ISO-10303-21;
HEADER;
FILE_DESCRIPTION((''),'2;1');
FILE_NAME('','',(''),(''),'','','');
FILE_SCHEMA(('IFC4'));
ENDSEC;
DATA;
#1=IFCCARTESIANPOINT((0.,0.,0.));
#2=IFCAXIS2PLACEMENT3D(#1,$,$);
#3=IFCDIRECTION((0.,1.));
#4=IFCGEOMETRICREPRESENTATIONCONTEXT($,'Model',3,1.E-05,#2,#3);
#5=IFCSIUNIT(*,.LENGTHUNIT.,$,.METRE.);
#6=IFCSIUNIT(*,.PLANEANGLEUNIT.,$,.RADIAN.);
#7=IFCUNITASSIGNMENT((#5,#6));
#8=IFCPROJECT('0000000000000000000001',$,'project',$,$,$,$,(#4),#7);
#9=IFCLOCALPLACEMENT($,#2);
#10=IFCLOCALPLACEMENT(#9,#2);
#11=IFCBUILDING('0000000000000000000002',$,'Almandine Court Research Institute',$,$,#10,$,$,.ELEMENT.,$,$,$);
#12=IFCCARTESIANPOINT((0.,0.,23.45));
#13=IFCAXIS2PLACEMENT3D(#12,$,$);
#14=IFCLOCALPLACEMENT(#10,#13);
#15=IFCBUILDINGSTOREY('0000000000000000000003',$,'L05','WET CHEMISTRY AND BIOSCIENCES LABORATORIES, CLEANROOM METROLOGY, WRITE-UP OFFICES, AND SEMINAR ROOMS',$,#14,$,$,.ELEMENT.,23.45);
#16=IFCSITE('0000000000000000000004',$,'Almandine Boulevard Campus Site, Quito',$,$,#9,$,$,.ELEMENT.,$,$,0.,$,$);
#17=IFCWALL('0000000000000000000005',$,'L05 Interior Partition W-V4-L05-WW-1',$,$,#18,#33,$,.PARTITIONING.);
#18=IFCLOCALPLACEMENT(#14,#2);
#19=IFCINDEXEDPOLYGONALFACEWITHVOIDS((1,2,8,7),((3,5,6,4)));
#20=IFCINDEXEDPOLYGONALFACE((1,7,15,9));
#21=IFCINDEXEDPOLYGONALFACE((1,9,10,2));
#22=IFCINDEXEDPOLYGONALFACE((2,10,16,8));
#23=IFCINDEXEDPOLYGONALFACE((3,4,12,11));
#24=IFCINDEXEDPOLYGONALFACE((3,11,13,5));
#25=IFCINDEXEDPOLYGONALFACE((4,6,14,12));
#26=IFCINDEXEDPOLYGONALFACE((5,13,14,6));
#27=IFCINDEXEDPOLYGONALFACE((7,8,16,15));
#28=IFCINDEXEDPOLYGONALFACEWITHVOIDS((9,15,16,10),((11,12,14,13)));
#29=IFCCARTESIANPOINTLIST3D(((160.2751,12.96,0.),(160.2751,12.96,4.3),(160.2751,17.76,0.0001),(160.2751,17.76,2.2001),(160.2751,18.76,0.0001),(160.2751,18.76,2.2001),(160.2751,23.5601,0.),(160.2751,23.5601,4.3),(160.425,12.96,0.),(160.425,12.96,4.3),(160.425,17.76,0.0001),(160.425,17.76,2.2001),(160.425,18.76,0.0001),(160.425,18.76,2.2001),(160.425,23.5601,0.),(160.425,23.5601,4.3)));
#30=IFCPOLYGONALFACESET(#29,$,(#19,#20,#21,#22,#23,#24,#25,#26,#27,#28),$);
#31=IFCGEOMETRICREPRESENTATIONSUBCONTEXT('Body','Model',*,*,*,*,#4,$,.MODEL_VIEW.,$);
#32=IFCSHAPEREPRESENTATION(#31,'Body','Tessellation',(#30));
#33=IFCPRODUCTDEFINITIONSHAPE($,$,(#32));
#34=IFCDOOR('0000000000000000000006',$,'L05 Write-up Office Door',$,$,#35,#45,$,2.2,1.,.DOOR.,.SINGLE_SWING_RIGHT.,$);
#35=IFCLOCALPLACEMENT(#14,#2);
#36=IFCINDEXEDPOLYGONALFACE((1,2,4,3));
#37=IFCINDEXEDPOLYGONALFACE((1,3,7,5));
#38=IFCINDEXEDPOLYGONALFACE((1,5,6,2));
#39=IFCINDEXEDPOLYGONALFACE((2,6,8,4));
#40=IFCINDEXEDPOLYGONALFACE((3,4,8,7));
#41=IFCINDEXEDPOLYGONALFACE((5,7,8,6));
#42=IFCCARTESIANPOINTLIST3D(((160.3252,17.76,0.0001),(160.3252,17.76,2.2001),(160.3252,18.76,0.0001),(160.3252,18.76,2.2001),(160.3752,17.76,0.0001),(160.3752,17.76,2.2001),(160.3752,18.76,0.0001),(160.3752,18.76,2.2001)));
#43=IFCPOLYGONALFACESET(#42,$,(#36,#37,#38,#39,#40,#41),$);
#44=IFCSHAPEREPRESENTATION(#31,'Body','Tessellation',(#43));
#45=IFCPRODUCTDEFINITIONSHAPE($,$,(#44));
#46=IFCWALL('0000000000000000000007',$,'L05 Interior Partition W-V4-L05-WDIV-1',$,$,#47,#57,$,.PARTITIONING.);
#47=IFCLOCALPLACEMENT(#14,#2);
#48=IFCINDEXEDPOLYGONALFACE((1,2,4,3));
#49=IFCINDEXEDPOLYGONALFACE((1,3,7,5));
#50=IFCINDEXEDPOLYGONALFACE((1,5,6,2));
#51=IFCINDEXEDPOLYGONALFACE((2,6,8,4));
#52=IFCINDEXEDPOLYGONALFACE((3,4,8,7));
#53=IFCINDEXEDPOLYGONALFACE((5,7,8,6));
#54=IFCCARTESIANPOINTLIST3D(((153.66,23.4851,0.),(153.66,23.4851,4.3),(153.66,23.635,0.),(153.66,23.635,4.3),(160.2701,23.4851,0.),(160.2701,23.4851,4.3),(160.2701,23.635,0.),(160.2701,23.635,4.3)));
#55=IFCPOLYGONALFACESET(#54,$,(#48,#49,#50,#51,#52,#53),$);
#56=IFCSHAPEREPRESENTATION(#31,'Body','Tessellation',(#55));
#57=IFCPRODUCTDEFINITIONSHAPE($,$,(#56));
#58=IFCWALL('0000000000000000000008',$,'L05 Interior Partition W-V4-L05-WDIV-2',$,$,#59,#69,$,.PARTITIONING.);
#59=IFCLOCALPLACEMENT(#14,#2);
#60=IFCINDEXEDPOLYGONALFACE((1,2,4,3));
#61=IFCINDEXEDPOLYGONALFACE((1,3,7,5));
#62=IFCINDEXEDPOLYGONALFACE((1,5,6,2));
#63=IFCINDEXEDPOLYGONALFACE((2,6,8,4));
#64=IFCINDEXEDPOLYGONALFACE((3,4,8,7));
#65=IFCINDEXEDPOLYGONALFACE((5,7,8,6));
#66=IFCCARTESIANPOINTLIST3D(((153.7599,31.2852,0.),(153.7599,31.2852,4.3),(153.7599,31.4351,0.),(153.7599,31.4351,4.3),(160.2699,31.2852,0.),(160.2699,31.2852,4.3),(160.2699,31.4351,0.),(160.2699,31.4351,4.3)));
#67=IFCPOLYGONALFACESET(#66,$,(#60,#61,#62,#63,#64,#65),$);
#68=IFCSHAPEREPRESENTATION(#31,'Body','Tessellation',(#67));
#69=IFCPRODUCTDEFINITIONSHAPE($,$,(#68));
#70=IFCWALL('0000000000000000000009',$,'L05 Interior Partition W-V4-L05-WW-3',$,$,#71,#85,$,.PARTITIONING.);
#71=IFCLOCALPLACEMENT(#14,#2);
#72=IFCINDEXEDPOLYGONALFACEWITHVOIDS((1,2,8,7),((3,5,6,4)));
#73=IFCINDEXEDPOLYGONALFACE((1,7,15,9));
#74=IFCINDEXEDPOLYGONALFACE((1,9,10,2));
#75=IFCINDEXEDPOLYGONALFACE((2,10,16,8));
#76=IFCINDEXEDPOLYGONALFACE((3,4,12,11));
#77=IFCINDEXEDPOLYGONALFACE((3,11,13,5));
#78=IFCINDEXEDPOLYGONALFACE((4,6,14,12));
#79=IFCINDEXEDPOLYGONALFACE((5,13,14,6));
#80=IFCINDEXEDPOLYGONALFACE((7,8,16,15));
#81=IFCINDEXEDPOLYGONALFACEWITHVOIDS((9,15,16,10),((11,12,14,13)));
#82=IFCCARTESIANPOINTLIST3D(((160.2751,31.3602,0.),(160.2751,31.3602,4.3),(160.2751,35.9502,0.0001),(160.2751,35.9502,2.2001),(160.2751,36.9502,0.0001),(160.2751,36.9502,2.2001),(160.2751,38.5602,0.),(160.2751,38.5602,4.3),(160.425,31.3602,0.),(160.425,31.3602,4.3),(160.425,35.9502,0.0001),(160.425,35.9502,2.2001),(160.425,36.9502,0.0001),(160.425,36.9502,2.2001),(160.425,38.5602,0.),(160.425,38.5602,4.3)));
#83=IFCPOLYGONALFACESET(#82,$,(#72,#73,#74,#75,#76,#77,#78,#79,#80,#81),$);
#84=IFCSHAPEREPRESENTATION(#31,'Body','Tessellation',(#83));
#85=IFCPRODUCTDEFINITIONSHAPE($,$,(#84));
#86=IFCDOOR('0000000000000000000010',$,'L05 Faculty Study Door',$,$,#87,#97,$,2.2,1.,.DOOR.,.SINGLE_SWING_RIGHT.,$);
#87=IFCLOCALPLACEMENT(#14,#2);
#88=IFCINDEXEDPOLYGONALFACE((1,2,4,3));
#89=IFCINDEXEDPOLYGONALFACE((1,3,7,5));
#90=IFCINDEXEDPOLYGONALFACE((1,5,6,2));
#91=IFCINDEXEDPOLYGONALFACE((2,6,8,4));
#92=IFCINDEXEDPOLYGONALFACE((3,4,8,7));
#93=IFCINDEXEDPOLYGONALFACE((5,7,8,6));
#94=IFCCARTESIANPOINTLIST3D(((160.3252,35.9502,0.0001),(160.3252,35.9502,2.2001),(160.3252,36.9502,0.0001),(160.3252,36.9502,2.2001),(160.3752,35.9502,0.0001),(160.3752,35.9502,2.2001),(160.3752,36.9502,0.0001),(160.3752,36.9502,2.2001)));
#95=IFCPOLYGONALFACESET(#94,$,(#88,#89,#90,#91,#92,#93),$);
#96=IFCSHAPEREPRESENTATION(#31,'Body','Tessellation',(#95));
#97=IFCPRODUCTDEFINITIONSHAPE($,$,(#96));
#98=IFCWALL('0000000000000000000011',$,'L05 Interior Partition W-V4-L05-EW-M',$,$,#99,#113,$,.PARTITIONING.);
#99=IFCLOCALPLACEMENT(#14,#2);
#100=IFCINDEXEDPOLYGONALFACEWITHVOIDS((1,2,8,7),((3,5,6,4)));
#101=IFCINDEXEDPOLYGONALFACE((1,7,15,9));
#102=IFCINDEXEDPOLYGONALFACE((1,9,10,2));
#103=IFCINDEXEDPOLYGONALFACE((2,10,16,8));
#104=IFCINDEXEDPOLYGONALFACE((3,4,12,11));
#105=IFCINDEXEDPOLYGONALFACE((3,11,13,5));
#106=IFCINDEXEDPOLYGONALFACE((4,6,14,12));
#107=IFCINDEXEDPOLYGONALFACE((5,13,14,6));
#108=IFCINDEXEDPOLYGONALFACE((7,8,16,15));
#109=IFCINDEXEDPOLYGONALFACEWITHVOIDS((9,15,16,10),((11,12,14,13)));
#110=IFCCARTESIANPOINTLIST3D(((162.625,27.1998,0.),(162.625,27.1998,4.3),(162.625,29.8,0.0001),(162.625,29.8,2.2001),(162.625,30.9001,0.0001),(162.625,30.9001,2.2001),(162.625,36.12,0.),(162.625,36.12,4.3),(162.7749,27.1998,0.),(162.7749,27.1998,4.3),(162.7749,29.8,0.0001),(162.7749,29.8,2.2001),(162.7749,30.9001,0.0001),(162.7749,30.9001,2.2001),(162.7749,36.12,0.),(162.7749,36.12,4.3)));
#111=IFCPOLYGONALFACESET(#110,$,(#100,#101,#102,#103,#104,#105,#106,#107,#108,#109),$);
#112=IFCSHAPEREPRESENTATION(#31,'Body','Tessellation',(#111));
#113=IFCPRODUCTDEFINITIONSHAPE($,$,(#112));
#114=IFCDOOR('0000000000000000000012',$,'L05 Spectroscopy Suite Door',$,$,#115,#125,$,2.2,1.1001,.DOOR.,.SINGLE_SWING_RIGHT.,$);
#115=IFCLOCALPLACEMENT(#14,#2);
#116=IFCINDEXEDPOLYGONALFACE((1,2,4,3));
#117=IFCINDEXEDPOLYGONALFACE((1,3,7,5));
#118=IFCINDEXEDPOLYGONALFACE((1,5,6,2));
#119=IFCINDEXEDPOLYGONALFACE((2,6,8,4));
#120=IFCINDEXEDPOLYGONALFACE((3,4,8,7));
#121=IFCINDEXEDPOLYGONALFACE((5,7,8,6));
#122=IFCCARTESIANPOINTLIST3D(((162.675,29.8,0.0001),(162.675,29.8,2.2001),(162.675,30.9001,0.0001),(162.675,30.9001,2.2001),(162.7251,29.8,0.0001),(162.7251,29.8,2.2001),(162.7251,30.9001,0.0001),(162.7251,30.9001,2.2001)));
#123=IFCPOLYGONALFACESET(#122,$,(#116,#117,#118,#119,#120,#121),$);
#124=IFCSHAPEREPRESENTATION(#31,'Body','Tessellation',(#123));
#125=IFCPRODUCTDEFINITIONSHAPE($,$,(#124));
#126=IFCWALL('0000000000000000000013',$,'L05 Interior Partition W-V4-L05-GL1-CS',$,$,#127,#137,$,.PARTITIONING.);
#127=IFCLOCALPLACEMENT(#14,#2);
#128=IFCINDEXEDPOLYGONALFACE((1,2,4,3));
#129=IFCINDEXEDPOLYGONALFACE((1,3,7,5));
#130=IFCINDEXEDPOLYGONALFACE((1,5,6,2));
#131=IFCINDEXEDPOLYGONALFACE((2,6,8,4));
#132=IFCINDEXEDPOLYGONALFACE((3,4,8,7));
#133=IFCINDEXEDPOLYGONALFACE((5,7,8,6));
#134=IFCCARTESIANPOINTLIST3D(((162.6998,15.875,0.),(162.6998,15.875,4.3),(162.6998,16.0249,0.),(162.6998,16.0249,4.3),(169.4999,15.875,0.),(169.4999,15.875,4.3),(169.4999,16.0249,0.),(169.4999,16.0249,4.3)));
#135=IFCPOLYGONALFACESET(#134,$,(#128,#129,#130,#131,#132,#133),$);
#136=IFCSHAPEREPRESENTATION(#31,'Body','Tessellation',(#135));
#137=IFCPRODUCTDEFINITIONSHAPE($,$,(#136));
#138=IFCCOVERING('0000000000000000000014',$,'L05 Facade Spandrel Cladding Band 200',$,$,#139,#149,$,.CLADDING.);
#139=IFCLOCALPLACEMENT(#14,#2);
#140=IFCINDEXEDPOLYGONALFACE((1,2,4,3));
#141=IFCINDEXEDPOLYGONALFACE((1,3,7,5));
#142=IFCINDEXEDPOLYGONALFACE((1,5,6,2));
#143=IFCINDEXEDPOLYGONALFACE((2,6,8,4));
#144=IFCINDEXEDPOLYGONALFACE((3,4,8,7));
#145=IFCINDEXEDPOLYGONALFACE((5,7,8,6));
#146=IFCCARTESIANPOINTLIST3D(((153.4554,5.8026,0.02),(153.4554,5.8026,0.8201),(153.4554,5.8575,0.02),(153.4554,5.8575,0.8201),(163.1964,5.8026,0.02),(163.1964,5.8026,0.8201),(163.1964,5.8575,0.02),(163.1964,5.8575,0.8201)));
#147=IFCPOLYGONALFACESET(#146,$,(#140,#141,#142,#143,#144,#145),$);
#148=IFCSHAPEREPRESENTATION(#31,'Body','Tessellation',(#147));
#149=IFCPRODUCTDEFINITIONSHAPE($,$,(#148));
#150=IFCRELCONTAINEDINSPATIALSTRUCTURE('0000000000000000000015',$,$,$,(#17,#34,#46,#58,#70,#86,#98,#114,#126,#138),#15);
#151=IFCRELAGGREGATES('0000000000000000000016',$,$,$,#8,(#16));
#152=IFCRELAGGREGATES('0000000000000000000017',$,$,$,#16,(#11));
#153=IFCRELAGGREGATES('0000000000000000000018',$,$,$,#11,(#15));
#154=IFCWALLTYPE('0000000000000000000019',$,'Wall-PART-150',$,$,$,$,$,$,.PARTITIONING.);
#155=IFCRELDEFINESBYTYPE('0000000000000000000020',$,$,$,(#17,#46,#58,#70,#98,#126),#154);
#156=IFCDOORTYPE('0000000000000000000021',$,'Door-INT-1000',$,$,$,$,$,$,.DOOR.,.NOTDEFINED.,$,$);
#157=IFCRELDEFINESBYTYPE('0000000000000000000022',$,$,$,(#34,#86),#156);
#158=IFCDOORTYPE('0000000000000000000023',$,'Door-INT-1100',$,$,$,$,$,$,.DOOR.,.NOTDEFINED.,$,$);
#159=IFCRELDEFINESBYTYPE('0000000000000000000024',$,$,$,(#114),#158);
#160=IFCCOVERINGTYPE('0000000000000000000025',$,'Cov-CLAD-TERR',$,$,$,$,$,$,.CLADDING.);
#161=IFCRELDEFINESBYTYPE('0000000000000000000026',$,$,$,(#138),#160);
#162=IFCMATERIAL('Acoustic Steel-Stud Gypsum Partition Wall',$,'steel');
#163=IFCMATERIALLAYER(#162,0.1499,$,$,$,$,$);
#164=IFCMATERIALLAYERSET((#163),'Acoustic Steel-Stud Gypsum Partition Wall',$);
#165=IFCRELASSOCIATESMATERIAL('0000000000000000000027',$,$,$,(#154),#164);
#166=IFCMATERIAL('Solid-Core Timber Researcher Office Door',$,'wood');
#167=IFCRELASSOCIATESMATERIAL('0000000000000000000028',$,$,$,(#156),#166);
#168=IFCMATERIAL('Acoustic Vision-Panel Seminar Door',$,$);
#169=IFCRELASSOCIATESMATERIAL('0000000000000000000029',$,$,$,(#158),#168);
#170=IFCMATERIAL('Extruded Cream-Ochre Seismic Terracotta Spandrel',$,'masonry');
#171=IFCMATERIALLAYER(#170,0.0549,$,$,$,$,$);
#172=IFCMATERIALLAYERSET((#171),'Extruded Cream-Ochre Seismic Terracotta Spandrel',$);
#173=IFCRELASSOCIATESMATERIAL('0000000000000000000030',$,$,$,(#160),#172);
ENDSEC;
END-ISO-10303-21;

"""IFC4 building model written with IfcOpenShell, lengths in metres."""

from ifc_helpers import new_model, si_unit, direction, frame, frame_2d, origin, origin_2d, place, context, subcontext, project, spatial, rectangle, extrude, material, layer, layer_set, type_object, element, fill, save


model = new_model("IFC4")

# Units and contexts
model_context = context("Model", 3, precision=1e-05, world=origin(), true_north=direction((0.0, 1.0)))
body_context = subcontext(model_context, "Body", "Model", "MODEL_VIEW")
ifc_project = project(units=[si_unit("LENGTHUNIT", "METRE"), si_unit("PLANEANGLEUNIT", "RADIAN")], contexts=[model_context])

# Site, building, storey
site_placement = place(None, origin())
site = spatial("IfcSite", under=ifc_project, at=site_placement, Name="Almandine Boulevard Campus Site, Quito", CompositionType="ELEMENT", RefElevation=0.0)
building_placement = place(site_placement, origin())
building = spatial("IfcBuilding", under=site, at=building_placement, Name="Almandine Court Research Institute", CompositionType="ELEMENT")
storey_placement = place(building_placement, frame((0.0, 0.0, 23.45)))
storey = spatial("IfcBuildingStorey", under=building, at=storey_placement, Name="L05", Description="WET CHEMISTRY AND BIOSCIENCES LABORATORIES, CLEANROOM METROLOGY, WRITE-UP OFFICES, AND SEMINAR ROOMS", CompositionType="ELEMENT", Elevation=23.45)

# Shared definitions
ifc_material_1 = material(Name="Acoustic Steel-Stud Gypsum Partition Wall", Category="steel")
ifc_layer_1 = layer(ifc_material_1, 0.1499)
ifc_layer_set_1 = layer_set([ifc_layer_1], Name="Acoustic Steel-Stud Gypsum Partition Wall")
wall_type_1 = type_object("IfcWallType", Name="Wall-PART-150", PredefinedType="PARTITIONING", material=ifc_layer_set_1)
ifc_material_2 = material(Name="Solid-Core Timber Researcher Office Door", Category="wood")
door_type_1 = type_object("IfcDoorType", Name="Door-INT-1000", OperationType="NOTDEFINED", PredefinedType="DOOR", material=ifc_material_2)

# Wall, opening, door
wall_1_placement = place(storey_placement, frame((160.3501, 12.96, 0.0), z_axis=(0.0, 0.0, 1.0), x_axis=(0.0, 1.0, 0.0)))
wall_1 = element("IfcWall", 1, at=wall_1_placement, inside=storey, type_object=wall_type_1, Name="L05 Interior Partition W-V4-L05-WW-1", PredefinedType="PARTITIONING", context=body_context, shape_type="SweptSolid", body=[
    extrude(rectangle(XDim=10.6001, YDim=0.1499, at=frame_2d((5.3, 0.0))), origin(), (0.0, 0.0, 1.0), 4.3),
])
opening_1_placement = place(wall_1_placement, frame((4.8, 0.0, 0.0)))
opening_1 = element("IfcOpeningElement", 2, at=opening_1_placement, cuts=wall_1, PredefinedType="OPENING", context=body_context, shape_type="SweptSolid", body=[
    extrude(rectangle(XDim=1.0, YDim=2.2, at=frame_2d((0.5, 1.1001))), frame((0.0, 0.085, 0.0), z_axis=(0.0, -1.0, 0.0), x_axis=(1.0, 0.0, 0.0)), (0.0, 0.0, 1.0), 0.1699),
])
door_1_placement = place(opening_1_placement, origin())
door_1 = element("IfcDoor", 3, at=door_1_placement, inside=storey, type_object=door_type_1, Name="L05 Write-up Office Door", OperationType="SINGLE_SWING_RIGHT", OverallHeight=2.2, OverallWidth=1.0, PredefinedType="DOOR", context=body_context, shape_type="SweptSolid", body=[
    extrude(rectangle(XDim=1.0, YDim=2.2, at=frame_2d((0.5, 1.1001))), frame((0.0, 0.0249, 0.0), z_axis=(0.0, -1.0, 0.0), x_axis=(1.0, 0.0, 0.0)), (0.0, 0.0, 1.0), 0.05),
])
fill(opening_1, door_1)

# Walls
wall_2_placement = place(storey_placement, frame((153.6599, 23.5601, 0.0), z_axis=(0.0, 0.0, 1.0), x_axis=(1.0, 0.0, 0.0)))
element("IfcWall", 4, at=wall_2_placement, inside=storey, type_object=wall_type_1, Name="L05 Interior Partition W-V4-L05-WDIV-1", PredefinedType="PARTITIONING", context=body_context, shape_type="SweptSolid", body=[
    extrude(rectangle(XDim=6.6101, YDim=0.1499, at=frame_2d((3.3052, 0.0))), origin(), (0.0, 0.0, 1.0), 4.3),
])
wall_3_placement = place(storey_placement, frame((153.76, 31.3601, 0.0), z_axis=(0.0, 0.0, 1.0), x_axis=(1.0, 0.0, 0.0)))
element("IfcWall", 5, at=wall_3_placement, inside=storey, type_object=wall_type_1, Name="L05 Interior Partition W-V4-L05-WDIV-2", PredefinedType="PARTITIONING", context=body_context, shape_type="SweptSolid", body=[
    extrude(rectangle(XDim=6.51, YDim=0.1499, at=frame_2d((3.2549, 0.0))), origin(), (0.0, 0.0, 1.0), 4.3),
])

# Wall, opening, door
wall_4_placement = place(storey_placement, frame((160.3501, 31.3601, 0.0), z_axis=(0.0, 0.0, 1.0), x_axis=(0.0, 1.0, 0.0)))
wall_4 = element("IfcWall", 6, at=wall_4_placement, inside=storey, type_object=wall_type_1, Name="L05 Interior Partition W-V4-L05-WW-3", PredefinedType="PARTITIONING", context=body_context, shape_type="SweptSolid", body=[
    extrude(rectangle(XDim=7.2, YDim=0.1499, at=frame_2d((3.6001, 0.0))), origin(), (0.0, 0.0, 1.0), 4.3),
])
opening_2_placement = place(wall_4_placement, frame((4.5901, 0.0, 0.0)))
opening_2 = element("IfcOpeningElement", 7, at=opening_2_placement, cuts=wall_4, PredefinedType="OPENING", context=body_context, shape_type="SweptSolid", body=[
    extrude(rectangle(XDim=1.0, YDim=2.2, at=frame_2d((0.5, 1.1001))), frame((0.0, 0.085, 0.0), z_axis=(0.0, -1.0, 0.0), x_axis=(1.0, 0.0, 0.0)), (0.0, 0.0, 1.0), 0.1699),
])
door_2_placement = place(opening_2_placement, origin())
door_2 = element("IfcDoor", 8, at=door_2_placement, inside=storey, type_object=door_type_1, Name="L05 Faculty Study Door", OperationType="SINGLE_SWING_RIGHT", OverallHeight=2.2, OverallWidth=1.0, PredefinedType="DOOR", context=body_context, shape_type="SweptSolid", body=[
    extrude(rectangle(XDim=1.0, YDim=2.2, at=frame_2d((0.5, 1.1001))), frame((0.0, 0.0249, 0.0), z_axis=(0.0, -1.0, 0.0), x_axis=(1.0, 0.0, 0.0)), (0.0, 0.0, 1.0), 0.05),
])
fill(opening_2, door_2)

# Wall, opening, door
wall_5_placement = place(storey_placement, frame((162.7, 27.2, 0.0), z_axis=(0.0, 0.0, 1.0), x_axis=(0.0, 1.0, 0.0)))
wall_5 = element("IfcWall", 9, at=wall_5_placement, inside=storey, type_object=wall_type_1, Name="L05 Interior Partition W-V4-L05-EW-M", PredefinedType="PARTITIONING", context=body_context, shape_type="SweptSolid", body=[
    extrude(rectangle(XDim=8.9202, YDim=0.1499, at=frame_2d((4.46, 0.0))), origin(), (0.0, 0.0, 1.0), 4.3),
])
opening_3_placement = place(wall_5_placement, frame((2.6001, 0.0, 0.0)))
opening_3 = element("IfcOpeningElement", 10, at=opening_3_placement, cuts=wall_5, PredefinedType="OPENING", context=body_context, shape_type="SweptSolid", body=[
    extrude(rectangle(XDim=1.1001, YDim=2.2, at=frame_2d((0.55, 1.1001))), frame((0.0, 0.085, 0.0), z_axis=(0.0, -1.0, 0.0), x_axis=(1.0, 0.0, 0.0)), (0.0, 0.0, 1.0), 0.1699),
])
ifc_material_3 = material(Name="Acoustic Vision-Panel Seminar Door")
door_type_2 = type_object("IfcDoorType", Name="Door-INT-1100", OperationType="NOTDEFINED", PredefinedType="DOOR", material=ifc_material_3)
door_3_placement = place(opening_3_placement, origin())
door_3 = element("IfcDoor", 11, at=door_3_placement, inside=storey, type_object=door_type_2, Name="L05 Spectroscopy Suite Door", OperationType="SINGLE_SWING_RIGHT", OverallHeight=2.2, OverallWidth=1.1001, PredefinedType="DOOR", context=body_context, shape_type="SweptSolid", body=[
    extrude(rectangle(XDim=1.1001, YDim=2.2, at=frame_2d((0.55, 1.1001))), frame((0.0, 0.0249, 0.0), z_axis=(0.0, -1.0, 0.0), x_axis=(1.0, 0.0, 0.0)), (0.0, 0.0, 1.0), 0.05),
])
fill(opening_3, door_3)

# Wall
wall_6_placement = place(storey_placement, frame((162.7, 15.95, 0.0), z_axis=(0.0, 0.0, 1.0), x_axis=(1.0, 0.0, 0.0)))
element("IfcWall", 12, at=wall_6_placement, inside=storey, type_object=wall_type_1, Name="L05 Interior Partition W-V4-L05-GL1-CS", PredefinedType="PARTITIONING", context=body_context, shape_type="SweptSolid", body=[
    extrude(rectangle(XDim=6.8, YDim=0.1499, at=frame_2d((3.3999, 0.0))), origin(), (0.0, 0.0, 1.0), 4.3),
])

# Covering
ifc_material_4 = material(Name="Extruded Cream-Ochre Seismic Terracotta Spandrel", Category="masonry")
ifc_layer_2 = layer(ifc_material_4, 0.0549)
ifc_layer_set_2 = layer_set([ifc_layer_2], Name="Extruded Cream-Ochre Seismic Terracotta Spandrel")
covering_type = type_object("IfcCoveringType", Name="Cov-CLAD-TERR", PredefinedType="CLADDING", material=ifc_layer_set_2)
covering_placement = place(storey_placement, frame((158.3259, 5.8301, 0.02), z_axis=(0.0, 0.0, 1.0), x_axis=(-1.0, 0.0, 0.0)))
element("IfcCovering", 13, at=covering_placement, inside=storey, type_object=covering_type, Name="L05 Facade Spandrel Cladding Band 200", PredefinedType="CLADDING", context=body_context, shape_type="SweptSolid", body=[
    extrude(rectangle(XDim=9.741, YDim=0.0549, at=origin_2d()), origin(), (0.0, 0.0, 1.0), 0.8),
])

save(model, "model.ifc")
